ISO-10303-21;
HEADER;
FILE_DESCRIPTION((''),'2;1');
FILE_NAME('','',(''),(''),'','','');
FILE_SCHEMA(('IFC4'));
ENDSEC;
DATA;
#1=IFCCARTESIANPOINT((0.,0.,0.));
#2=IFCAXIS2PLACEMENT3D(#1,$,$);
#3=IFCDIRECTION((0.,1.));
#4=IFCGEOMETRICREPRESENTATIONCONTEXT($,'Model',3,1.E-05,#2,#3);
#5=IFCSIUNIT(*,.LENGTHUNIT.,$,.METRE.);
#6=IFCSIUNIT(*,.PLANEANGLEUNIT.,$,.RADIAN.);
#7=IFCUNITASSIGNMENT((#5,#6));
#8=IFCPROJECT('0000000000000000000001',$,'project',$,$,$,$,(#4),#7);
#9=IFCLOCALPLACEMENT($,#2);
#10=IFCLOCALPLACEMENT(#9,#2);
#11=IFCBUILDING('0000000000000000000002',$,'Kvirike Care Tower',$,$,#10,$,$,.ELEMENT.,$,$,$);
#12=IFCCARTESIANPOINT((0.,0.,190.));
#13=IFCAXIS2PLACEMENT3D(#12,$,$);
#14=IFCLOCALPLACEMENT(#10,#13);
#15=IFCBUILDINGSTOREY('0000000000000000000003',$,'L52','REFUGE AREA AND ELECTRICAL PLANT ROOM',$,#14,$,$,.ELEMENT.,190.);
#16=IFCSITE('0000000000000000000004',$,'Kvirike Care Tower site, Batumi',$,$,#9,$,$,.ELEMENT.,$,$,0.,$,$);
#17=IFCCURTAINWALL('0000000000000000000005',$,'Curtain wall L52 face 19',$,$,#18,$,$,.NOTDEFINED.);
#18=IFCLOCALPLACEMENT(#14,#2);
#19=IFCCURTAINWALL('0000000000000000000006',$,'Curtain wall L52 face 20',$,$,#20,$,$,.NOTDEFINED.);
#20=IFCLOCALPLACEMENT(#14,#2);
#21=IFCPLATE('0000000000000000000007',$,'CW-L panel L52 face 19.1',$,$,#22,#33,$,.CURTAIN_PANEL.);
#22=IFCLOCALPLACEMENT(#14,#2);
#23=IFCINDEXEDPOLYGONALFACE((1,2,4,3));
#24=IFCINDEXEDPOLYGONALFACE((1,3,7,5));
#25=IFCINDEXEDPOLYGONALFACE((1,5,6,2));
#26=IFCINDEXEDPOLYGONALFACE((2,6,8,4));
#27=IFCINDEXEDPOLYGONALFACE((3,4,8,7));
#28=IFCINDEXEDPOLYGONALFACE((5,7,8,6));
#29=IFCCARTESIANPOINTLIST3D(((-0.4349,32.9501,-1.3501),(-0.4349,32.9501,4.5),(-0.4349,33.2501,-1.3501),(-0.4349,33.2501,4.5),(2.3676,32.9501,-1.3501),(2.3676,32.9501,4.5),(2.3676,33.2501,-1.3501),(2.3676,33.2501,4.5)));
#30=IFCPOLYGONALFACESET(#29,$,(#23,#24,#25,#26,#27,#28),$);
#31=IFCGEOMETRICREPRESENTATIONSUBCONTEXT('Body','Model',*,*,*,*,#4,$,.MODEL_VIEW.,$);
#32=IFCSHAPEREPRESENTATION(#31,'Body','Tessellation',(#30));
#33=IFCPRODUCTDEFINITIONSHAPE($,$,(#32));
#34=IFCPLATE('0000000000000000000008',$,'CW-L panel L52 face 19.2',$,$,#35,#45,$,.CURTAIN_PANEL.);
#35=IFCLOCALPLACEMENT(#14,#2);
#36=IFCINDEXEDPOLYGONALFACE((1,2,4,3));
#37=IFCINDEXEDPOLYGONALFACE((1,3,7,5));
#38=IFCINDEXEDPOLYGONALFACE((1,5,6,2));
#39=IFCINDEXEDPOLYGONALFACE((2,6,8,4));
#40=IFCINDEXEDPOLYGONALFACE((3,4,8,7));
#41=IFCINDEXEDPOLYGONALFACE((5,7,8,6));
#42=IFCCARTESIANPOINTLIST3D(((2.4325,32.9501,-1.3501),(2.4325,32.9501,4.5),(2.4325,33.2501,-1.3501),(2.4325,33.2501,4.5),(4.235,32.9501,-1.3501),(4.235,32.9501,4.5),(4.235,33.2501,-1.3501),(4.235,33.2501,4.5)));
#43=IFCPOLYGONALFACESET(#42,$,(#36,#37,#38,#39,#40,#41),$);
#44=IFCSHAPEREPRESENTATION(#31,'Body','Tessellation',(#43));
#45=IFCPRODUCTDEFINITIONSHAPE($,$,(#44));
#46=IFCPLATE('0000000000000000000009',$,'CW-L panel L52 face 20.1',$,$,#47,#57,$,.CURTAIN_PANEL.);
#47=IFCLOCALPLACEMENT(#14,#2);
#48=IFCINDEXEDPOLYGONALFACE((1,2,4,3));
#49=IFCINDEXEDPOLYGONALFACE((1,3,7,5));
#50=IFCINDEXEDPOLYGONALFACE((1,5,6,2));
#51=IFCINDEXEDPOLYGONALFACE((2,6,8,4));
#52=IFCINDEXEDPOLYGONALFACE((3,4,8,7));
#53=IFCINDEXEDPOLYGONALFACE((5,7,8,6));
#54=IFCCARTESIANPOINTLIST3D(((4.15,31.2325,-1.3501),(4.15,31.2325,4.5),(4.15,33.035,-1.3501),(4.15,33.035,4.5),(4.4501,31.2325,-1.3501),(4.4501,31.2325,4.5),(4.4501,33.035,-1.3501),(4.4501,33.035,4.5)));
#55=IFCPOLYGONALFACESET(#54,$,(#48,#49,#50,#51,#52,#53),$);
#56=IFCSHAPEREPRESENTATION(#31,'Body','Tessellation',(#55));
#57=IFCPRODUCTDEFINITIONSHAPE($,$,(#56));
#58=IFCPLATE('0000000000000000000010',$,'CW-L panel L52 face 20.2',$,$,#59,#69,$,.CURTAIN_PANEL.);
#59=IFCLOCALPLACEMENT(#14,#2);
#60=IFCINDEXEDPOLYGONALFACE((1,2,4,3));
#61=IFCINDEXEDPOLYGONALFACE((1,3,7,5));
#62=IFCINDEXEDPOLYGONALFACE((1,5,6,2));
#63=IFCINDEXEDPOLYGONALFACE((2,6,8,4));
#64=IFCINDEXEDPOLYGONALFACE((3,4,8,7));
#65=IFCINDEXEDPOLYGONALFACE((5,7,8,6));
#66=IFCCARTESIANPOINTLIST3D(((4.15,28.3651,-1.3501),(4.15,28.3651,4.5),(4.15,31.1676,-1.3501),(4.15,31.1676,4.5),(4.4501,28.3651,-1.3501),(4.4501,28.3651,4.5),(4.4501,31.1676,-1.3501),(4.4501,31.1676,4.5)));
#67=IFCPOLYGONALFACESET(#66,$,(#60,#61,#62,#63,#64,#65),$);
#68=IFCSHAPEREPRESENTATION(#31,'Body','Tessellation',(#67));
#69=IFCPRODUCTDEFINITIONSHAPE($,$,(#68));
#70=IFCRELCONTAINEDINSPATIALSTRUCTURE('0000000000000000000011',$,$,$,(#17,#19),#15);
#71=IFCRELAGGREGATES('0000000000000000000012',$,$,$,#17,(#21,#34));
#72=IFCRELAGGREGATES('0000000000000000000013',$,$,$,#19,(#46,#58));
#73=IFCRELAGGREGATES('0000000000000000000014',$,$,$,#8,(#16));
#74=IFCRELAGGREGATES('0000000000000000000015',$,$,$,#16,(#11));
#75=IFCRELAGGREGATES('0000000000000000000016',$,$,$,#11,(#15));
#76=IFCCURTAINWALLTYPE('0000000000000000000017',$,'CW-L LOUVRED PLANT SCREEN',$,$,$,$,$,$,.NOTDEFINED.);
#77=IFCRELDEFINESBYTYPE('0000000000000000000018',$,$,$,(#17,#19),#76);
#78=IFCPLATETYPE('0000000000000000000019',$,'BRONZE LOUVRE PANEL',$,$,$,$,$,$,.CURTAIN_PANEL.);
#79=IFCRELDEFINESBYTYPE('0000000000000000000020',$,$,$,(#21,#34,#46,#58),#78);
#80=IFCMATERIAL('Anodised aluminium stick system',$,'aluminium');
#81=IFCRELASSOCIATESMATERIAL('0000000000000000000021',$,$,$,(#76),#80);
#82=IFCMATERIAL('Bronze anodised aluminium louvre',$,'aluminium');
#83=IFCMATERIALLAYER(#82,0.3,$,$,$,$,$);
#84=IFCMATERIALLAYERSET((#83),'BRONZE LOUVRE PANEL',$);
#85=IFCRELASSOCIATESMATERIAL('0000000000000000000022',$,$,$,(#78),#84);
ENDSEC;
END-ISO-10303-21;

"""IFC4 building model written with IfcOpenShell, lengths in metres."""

from ifc_helpers import new_model, si_unit, direction, frame, origin, origin_2d, place, context, subcontext, project, spatial, rectangle, extrude, material, layer, layer_set, type_object, element, aggregate, save


model = new_model("IFC4")

# Units and contexts
model_context = context("Model", 3, precision=1e-05, world=origin(), true_north=direction((0.0, 1.0)))
body_context = subcontext(model_context, "Body", "Model", "MODEL_VIEW")
ifc_project = project(units=[si_unit("LENGTHUNIT", "METRE"), si_unit("PLANEANGLEUNIT", "RADIAN")], contexts=[model_context])

# Site, building, storey
site_placement = place(None, origin())
site = spatial("IfcSite", under=ifc_project, at=site_placement, Name="Kvirike Care Tower site, Batumi", CompositionType="ELEMENT", RefElevation=0.0)
building_placement = place(site_placement, origin())
building = spatial("IfcBuilding", under=site, at=building_placement, Name="Kvirike Care Tower", CompositionType="ELEMENT")
storey_placement = place(building_placement, frame((0.0, 0.0, 190.0)))
storey = spatial("IfcBuildingStorey", under=building, at=storey_placement, Name="L52", Description="REFUGE AREA AND ELECTRICAL PLANT ROOM", CompositionType="ELEMENT", Elevation=190.0)

# Shared definitions
ifc_material_1 = material(Name="Anodised aluminium stick system", Category="aluminium")
curtain_wall_type = type_object("IfcCurtainWallType", Name="CW-L LOUVRED PLANT SCREEN", PredefinedType="NOTDEFINED", material=ifc_material_1)

# Curtain walls
curtain_wall_1_placement = place(storey_placement, origin())
curtain_wall_1 = element("IfcCurtainWall", 1, at=curtain_wall_1_placement, inside=storey, type_object=curtain_wall_type, Name="Curtain wall L52 face 19", PredefinedType="NOTDEFINED")
curtain_wall_2_placement = place(storey_placement, origin())
curtain_wall_2 = element("IfcCurtainWall", 2, at=curtain_wall_2_placement, inside=storey, type_object=curtain_wall_type, Name="Curtain wall L52 face 20", PredefinedType="NOTDEFINED")

# Plates
ifc_material_2 = material(Name="Bronze anodised aluminium louvre", Category="aluminium")
ifc_layer = layer(ifc_material_2, 0.3)
ifc_layer_set = layer_set([ifc_layer], Name="BRONZE LOUVRE PANEL")
plate_type = type_object("IfcPlateType", Name="BRONZE LOUVRE PANEL", PredefinedType="CURTAIN_PANEL", material=ifc_layer_set)
plate_1_placement = place(storey_placement, frame((0.9663, 33.1001, -1.3501), z_axis=(0.0, 0.0, 1.0), x_axis=(1.0, 0.0, 0.0)))
plate_1 = element("IfcPlate", 3, at=plate_1_placement, type_object=plate_type, Name="CW-L panel L52 face 19.1", PredefinedType="CURTAIN_PANEL", context=body_context, shape_type="SweptSolid", body=[
    extrude(rectangle(XDim=2.8025, YDim=0.3, at=origin_2d()), origin(), (0.0, 0.0, 1.0), 5.8501),
])
plate_2_placement = place(storey_placement, frame((3.3337, 33.1001, -1.3501), z_axis=(0.0, 0.0, 1.0), x_axis=(1.0, 0.0, 0.0)))
plate_2 = element("IfcPlate", 4, at=plate_2_placement, type_object=plate_type, Name="CW-L panel L52 face 19.2", PredefinedType="CURTAIN_PANEL", context=body_context, shape_type="SweptSolid", body=[
    extrude(rectangle(XDim=1.8025, YDim=0.3, at=origin_2d()), origin(), (0.0, 0.0, 1.0), 5.8501),
])
aggregate(curtain_wall_1, [plate_1, plate_2])
plate_3_placement = place(storey_placement, frame((4.3, 32.1338, -1.3501), z_axis=(0.0, 0.0, 1.0), x_axis=(0.0, -1.0, 0.0)))
plate_3 = element("IfcPlate", 5, at=plate_3_placement, type_object=plate_type, Name="CW-L panel L52 face 20.1", PredefinedType="CURTAIN_PANEL", context=body_context, shape_type="SweptSolid", body=[
    extrude(rectangle(XDim=1.8025, YDim=0.3, at=origin_2d()), origin(), (0.0, 0.0, 1.0), 5.8501),
])
plate_4_placement = place(storey_placement, frame((4.3, 29.7664, -1.3501), z_axis=(0.0, 0.0, 1.0), x_axis=(0.0, -1.0, 0.0)))
plate_4 = element("IfcPlate", 6, at=plate_4_placement, type_object=plate_type, Name="CW-L panel L52 face 20.2", PredefinedType="CURTAIN_PANEL", context=body_context, shape_type="SweptSolid", body=[
    extrude(rectangle(XDim=2.8025, YDim=0.3, at=origin_2d()), origin(), (0.0, 0.0, 1.0), 5.8501),
])
aggregate(curtain_wall_2, [plate_3, plate_4])

save(model, "model.ifc")
